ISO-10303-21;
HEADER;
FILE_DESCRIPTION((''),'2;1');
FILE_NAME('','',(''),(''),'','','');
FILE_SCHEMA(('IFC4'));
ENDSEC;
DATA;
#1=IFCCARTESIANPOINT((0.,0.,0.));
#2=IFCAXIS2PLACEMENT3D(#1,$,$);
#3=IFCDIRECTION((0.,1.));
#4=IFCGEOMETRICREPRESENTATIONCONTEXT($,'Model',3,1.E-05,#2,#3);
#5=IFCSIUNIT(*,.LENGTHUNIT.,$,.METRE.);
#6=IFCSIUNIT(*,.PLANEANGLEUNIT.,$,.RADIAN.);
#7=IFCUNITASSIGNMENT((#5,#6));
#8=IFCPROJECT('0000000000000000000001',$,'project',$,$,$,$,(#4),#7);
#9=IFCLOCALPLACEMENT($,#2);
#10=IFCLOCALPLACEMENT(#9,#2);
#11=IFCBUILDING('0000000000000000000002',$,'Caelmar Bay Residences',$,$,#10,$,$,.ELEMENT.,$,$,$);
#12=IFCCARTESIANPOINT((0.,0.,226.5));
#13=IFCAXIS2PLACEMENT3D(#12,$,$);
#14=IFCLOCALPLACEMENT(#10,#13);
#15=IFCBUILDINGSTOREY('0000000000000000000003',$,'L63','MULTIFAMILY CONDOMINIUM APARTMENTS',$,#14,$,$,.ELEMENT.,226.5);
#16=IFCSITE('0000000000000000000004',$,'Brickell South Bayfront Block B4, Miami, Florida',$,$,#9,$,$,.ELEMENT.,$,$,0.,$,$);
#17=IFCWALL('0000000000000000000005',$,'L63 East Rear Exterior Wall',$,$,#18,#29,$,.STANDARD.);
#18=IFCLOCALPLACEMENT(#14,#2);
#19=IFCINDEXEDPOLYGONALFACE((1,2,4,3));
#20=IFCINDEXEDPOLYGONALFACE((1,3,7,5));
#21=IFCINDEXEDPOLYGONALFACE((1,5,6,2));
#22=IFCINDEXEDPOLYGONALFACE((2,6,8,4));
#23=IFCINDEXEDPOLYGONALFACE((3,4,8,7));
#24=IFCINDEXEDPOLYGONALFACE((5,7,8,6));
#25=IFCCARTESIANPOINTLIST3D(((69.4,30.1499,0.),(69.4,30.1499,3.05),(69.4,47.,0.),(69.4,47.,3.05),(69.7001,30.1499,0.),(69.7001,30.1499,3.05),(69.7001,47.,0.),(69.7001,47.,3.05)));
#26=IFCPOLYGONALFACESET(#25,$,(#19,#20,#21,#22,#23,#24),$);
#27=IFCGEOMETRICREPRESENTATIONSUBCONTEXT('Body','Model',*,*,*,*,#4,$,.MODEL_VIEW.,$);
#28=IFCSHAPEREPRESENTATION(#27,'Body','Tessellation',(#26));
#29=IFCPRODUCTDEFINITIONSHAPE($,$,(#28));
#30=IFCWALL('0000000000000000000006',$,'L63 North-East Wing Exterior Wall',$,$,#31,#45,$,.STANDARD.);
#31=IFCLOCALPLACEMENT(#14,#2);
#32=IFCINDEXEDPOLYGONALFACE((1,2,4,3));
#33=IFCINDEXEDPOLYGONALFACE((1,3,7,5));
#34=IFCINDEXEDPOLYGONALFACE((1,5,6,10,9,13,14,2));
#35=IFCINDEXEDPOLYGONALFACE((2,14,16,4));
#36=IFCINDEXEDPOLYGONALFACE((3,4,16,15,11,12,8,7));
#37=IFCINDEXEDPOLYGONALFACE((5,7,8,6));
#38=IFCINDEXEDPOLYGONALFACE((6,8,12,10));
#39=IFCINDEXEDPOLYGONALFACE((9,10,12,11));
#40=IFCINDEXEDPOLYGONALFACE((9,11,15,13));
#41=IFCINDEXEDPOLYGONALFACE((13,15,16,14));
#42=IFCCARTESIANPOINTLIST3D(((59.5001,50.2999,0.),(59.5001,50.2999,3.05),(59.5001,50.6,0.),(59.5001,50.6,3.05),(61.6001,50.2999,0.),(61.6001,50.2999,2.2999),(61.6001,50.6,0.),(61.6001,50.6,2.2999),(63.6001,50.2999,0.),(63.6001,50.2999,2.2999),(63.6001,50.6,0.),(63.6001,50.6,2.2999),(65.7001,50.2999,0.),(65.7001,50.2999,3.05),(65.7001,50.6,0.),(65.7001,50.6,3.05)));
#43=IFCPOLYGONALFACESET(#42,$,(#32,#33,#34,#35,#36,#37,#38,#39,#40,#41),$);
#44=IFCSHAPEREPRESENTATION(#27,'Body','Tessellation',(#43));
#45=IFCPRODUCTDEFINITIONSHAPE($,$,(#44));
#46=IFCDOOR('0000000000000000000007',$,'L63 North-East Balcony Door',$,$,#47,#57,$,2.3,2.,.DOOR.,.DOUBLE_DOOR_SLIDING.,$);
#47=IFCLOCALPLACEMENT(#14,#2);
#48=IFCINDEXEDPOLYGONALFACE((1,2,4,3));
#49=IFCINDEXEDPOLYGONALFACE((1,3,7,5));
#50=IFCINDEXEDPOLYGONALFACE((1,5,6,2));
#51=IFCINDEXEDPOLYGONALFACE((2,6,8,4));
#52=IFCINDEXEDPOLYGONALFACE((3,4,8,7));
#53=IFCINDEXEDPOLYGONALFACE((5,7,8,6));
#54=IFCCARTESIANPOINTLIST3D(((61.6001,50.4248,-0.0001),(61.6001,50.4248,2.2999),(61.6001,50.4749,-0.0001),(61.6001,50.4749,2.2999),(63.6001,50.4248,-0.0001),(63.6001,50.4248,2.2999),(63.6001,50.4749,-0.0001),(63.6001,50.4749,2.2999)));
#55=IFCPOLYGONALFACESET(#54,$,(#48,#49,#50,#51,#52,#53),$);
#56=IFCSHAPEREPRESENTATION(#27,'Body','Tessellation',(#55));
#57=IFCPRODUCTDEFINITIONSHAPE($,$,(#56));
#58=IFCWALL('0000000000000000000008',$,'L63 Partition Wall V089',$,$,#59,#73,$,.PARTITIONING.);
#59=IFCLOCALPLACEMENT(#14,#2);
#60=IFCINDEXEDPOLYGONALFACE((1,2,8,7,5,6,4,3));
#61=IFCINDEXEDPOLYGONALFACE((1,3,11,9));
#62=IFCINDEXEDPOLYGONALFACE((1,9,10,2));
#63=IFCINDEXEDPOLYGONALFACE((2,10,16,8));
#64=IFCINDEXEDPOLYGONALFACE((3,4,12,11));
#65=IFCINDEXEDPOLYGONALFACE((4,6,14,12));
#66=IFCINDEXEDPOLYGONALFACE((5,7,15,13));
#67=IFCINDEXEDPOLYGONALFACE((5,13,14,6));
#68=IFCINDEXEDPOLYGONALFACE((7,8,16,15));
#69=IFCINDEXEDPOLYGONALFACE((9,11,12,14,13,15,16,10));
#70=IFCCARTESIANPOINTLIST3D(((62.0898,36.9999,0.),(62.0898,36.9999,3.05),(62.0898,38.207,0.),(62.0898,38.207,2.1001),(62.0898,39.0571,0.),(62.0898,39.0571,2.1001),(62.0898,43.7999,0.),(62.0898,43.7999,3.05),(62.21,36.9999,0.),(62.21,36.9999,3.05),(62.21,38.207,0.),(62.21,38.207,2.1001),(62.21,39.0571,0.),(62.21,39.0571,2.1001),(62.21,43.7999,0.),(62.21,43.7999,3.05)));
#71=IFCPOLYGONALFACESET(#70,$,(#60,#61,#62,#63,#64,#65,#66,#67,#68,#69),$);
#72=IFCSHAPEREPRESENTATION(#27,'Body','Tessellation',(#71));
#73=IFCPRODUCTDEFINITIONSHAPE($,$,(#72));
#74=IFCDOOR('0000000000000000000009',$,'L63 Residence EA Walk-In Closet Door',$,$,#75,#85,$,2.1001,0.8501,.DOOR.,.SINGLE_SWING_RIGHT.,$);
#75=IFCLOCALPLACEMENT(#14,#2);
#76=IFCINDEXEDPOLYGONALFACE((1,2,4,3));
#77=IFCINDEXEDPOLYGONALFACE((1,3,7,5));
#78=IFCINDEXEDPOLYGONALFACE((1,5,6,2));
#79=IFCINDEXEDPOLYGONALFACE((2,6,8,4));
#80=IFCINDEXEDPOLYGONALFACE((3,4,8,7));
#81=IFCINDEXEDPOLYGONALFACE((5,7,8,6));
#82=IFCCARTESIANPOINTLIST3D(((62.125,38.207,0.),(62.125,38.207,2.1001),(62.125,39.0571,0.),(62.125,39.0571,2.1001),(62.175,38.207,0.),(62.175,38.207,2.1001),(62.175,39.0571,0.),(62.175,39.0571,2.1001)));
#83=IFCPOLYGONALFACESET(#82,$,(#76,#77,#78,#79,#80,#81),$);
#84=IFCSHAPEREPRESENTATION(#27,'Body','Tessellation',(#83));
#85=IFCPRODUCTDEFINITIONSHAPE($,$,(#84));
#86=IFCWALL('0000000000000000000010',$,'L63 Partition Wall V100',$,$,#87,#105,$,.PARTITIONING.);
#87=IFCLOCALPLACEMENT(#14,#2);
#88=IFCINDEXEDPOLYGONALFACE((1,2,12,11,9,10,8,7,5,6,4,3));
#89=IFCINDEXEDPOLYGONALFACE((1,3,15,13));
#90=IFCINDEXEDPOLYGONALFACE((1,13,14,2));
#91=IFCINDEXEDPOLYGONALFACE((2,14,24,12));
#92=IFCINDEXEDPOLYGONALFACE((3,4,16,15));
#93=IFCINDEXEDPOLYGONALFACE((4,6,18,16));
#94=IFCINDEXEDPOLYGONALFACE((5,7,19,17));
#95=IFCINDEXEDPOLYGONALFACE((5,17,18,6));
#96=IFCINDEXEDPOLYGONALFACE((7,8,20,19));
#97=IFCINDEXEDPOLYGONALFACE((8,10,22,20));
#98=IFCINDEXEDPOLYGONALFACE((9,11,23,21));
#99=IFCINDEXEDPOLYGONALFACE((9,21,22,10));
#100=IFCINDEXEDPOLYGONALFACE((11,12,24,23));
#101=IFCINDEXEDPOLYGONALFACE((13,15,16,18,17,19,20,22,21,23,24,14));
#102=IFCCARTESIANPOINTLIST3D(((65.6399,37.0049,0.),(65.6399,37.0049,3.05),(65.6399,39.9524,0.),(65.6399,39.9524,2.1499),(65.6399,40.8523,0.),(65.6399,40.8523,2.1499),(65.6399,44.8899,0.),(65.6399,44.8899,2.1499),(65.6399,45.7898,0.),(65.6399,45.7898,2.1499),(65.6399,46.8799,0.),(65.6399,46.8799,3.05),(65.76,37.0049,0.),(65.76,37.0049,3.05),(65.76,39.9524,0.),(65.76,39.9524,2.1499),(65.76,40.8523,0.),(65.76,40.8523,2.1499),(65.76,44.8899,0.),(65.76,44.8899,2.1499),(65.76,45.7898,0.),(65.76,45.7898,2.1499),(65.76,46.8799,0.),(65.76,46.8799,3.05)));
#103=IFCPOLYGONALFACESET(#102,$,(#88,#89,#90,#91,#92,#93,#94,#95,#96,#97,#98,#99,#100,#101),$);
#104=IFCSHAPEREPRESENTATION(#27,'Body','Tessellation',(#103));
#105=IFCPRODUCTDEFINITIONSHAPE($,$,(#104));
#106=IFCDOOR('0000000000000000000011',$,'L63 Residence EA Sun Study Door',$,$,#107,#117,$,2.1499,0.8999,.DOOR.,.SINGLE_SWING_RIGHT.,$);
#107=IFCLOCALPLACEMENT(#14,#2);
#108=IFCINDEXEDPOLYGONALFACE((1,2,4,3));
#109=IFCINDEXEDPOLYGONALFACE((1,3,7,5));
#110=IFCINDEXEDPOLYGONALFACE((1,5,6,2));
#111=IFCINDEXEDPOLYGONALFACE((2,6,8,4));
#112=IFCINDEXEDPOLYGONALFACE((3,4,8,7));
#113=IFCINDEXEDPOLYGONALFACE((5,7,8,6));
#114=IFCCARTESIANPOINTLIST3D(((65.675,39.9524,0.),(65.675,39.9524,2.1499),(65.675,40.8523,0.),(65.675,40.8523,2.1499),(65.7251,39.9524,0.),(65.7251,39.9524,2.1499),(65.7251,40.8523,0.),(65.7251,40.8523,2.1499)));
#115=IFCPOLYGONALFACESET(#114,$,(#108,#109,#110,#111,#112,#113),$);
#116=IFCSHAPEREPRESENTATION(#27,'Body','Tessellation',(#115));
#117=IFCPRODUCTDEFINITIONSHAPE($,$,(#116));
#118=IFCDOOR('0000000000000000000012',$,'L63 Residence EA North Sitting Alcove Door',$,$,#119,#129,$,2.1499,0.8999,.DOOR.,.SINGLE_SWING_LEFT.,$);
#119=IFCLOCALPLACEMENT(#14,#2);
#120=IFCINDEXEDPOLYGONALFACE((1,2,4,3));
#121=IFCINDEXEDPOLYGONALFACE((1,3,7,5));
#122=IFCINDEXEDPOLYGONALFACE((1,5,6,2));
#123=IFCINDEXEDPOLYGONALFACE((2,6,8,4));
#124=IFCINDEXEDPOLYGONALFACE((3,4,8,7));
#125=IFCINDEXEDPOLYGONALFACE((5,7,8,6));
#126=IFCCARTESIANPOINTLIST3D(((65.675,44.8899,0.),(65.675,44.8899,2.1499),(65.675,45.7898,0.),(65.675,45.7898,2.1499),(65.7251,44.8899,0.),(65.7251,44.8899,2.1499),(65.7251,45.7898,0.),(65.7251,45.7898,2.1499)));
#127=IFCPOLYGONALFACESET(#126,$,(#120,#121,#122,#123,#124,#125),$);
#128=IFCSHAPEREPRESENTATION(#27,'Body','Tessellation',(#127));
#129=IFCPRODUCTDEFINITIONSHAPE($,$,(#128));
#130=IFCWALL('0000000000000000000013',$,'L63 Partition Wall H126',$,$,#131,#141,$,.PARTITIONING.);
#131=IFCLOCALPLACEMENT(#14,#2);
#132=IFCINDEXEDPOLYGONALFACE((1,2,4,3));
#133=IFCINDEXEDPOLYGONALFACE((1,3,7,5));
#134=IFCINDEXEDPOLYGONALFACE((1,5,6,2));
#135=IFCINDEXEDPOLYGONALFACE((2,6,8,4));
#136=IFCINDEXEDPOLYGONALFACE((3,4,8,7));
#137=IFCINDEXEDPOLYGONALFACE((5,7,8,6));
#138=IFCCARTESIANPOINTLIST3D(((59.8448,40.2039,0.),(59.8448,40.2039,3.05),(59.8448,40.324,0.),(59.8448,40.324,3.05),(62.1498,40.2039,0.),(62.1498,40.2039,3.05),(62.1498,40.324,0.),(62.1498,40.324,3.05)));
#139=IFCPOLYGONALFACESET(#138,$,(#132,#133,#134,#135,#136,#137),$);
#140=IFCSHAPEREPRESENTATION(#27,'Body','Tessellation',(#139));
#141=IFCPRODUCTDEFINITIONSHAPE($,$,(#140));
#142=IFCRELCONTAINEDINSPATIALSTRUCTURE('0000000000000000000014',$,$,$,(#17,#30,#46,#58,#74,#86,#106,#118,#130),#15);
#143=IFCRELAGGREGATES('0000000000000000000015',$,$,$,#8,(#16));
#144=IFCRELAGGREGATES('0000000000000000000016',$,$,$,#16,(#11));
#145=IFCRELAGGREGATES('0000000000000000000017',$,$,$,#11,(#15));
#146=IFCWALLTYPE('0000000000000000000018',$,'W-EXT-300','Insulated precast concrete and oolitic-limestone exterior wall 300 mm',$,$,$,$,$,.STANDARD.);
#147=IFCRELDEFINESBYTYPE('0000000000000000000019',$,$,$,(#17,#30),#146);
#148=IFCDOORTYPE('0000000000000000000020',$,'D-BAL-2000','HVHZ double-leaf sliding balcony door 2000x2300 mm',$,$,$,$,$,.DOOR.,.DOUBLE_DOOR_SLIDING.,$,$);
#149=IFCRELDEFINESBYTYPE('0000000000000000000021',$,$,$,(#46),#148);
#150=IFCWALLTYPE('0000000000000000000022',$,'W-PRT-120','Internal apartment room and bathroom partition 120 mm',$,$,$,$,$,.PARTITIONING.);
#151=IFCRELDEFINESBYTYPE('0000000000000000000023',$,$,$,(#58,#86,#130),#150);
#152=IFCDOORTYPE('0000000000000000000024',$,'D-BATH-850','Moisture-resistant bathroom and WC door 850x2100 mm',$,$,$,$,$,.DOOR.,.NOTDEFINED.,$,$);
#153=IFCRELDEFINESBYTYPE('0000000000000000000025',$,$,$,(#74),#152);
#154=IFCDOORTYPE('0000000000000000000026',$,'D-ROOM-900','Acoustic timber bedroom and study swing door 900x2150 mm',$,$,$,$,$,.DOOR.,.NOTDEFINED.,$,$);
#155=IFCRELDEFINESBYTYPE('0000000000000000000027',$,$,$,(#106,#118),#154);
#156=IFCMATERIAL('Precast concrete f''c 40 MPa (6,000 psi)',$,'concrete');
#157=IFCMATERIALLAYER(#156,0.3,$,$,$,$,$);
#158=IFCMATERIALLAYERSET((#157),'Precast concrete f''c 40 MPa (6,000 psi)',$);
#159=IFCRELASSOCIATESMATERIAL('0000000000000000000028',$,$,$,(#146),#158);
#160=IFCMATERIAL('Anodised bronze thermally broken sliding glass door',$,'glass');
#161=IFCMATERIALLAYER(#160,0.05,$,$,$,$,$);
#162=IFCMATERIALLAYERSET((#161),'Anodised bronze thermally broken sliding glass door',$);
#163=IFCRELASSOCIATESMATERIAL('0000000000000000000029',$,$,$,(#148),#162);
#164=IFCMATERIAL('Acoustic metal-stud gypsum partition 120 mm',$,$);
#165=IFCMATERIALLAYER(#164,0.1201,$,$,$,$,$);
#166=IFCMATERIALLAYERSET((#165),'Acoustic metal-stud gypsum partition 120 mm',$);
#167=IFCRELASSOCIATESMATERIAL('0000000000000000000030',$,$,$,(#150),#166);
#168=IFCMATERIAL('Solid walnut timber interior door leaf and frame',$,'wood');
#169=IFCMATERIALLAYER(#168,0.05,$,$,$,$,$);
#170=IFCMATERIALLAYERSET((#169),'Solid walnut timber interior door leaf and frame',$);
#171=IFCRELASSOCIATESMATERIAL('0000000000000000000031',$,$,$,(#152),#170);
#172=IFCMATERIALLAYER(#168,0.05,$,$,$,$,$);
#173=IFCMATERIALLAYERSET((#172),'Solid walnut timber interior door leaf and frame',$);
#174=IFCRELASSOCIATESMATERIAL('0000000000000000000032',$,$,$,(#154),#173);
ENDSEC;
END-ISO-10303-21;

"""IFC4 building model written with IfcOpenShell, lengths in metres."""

from ifc_helpers import new_model, si_unit, direction, frame, frame_2d, origin, place, context, subcontext, project, spatial, rectangle, extrude, material, layer, layer_set, type_object, element, fill, save


model = new_model("IFC4")

# Units and contexts
model_context = context("Model", 3, precision=1e-05, world=origin(), true_north=direction((0.0, 1.0)))
body_context = subcontext(model_context, "Body", "Model", "MODEL_VIEW")
ifc_project = project(units=[si_unit("LENGTHUNIT", "METRE"), si_unit("PLANEANGLEUNIT", "RADIAN")], contexts=[model_context])

# Site, building, storey
site_placement = place(None, origin())
site = spatial("IfcSite", under=ifc_project, at=site_placement, Name="Brickell South Bayfront Block B4, Miami, Florida", CompositionType="ELEMENT", RefElevation=0.0)
building_placement = place(site_placement, origin())
building = spatial("IfcBuilding", under=site, at=building_placement, Name="Caelmar Bay Residences", CompositionType="ELEMENT")
storey_placement = place(building_placement, frame((0.0, 0.0, 226.5)))
storey = spatial("IfcBuildingStorey", under=building, at=storey_placement, Name="L63", Description="MULTIFAMILY CONDOMINIUM APARTMENTS", CompositionType="ELEMENT", Elevation=226.5)

# Wall
ifc_material_1 = material(Name="Precast concrete f'c 40 MPa (6,000 psi)", Category="concrete")
ifc_layer_1 = layer(ifc_material_1, 0.3)
ifc_layer_set_1 = layer_set([ifc_layer_1], Name="Precast concrete f'c 40 MPa (6,000 psi)")
wall_type_1 = type_object("IfcWallType", Name="W-EXT-300", Description="Insulated precast concrete and oolitic-limestone exterior wall 300 mm", PredefinedType="STANDARD", material=ifc_layer_set_1)
wall_1_placement = place(storey_placement, frame((69.55, 47.0, 0.0), z_axis=(0.0, 0.0, 1.0), x_axis=(0.0, -1.0, 0.0)))
element("IfcWall", 1, at=wall_1_placement, inside=storey, type_object=wall_type_1, Name="L63 East Rear Exterior Wall", PredefinedType="STANDARD", context=body_context, shape_type="SweptSolid", body=[
    extrude(rectangle(XDim=16.8501, YDim=0.3, at=frame_2d((8.425, 0.0))), origin(), (0.0, 0.0, 1.0), 3.05),
])

# Walls, openings, doors
wall_2_placement = place(storey_placement, frame((59.5, 50.45, 0.0), z_axis=(0.0, 0.0, 1.0), x_axis=(1.0, 0.0, 0.0)))
wall_2 = element("IfcWall", 2, at=wall_2_placement, inside=storey, type_object=wall_type_1, Name="L63 North-East Wing Exterior Wall", PredefinedType="STANDARD", context=body_context, shape_type="SweptSolid", body=[
    extrude(rectangle(XDim=6.2, YDim=0.3, at=frame_2d((3.1001, 0.0))), origin(), (0.0, 0.0, 1.0), 3.05),
])
opening_1_placement = place(wall_2_placement, frame((2.1001, 0.0, 0.0)))
opening_1 = element("IfcOpeningElement", 3, at=opening_1_placement, cuts=wall_2, PredefinedType="OPENING", context=body_context, shape_type="SweptSolid", body=[
    extrude(rectangle(XDim=2.0, YDim=2.3, at=frame_2d((1.0, 1.1499))), frame((0.0, 0.1599, 0.0), z_axis=(0.0, -1.0, 0.0), x_axis=(1.0, 0.0, 0.0)), (0.0, 0.0, 1.0), 0.3201),
])
ifc_material_2 = material(Name="Anodised bronze thermally broken sliding glass door", Category="glass")
ifc_layer_2 = layer(ifc_material_2, 0.05)
ifc_layer_set_2 = layer_set([ifc_layer_2], Name="Anodised bronze thermally broken sliding glass door")
door_type_1 = type_object("IfcDoorType", Name="D-BAL-2000", Description="HVHZ double-leaf sliding balcony door 2000x2300 mm", OperationType="DOUBLE_DOOR_SLIDING", PredefinedType="DOOR", material=ifc_layer_set_2)
door_1_placement = place(opening_1_placement, origin())
door_1 = element("IfcDoor", 4, at=door_1_placement, inside=storey, type_object=door_type_1, Name="L63 North-East Balcony Door", OperationType="DOUBLE_DOOR_SLIDING", OverallHeight=2.3, OverallWidth=2.0, PredefinedType="DOOR", context=body_context, shape_type="SweptSolid", body=[
    extrude(rectangle(XDim=2.0, YDim=2.3, at=frame_2d((1.0, 1.1499))), frame((0.0, 0.0249, 0.0), z_axis=(0.0, -1.0, 0.0), x_axis=(1.0, 0.0, 0.0)), (0.0, 0.0, 1.0), 0.05),
])
fill(opening_1, door_1)
ifc_material_3 = material(Name="Acoustic metal-stud gypsum partition 120 mm")
ifc_layer_3 = layer(ifc_material_3, 0.1201)
ifc_layer_set_3 = layer_set([ifc_layer_3], Name="Acoustic metal-stud gypsum partition 120 mm")
wall_type_2 = type_object("IfcWallType", Name="W-PRT-120", Description="Internal apartment room and bathroom partition 120 mm", PredefinedType="PARTITIONING", material=ifc_layer_set_3)
wall_3_placement = place(storey_placement, frame((62.1499, 37.0, 0.0), z_axis=(0.0, 0.0, 1.0), x_axis=(0.0, 1.0, 0.0)))
wall_3 = element("IfcWall", 5, at=wall_3_placement, inside=storey, type_object=wall_type_2, Name="L63 Partition Wall V089", PredefinedType="PARTITIONING", context=body_context, shape_type="SweptSolid", body=[
    extrude(rectangle(XDim=6.8, YDim=0.1201, at=frame_2d((3.3999, 0.0))), origin(), (0.0, 0.0, 1.0), 3.05),
])
opening_2_placement = place(wall_3_placement, frame((1.207, 0.0, 0.0)))
opening_2 = element("IfcOpeningElement", 6, at=opening_2_placement, cuts=wall_3, PredefinedType="OPENING", context=body_context, shape_type="SweptSolid", body=[
    extrude(rectangle(XDim=0.8501, YDim=2.1001, at=frame_2d((0.425, 1.05))), frame((0.0, 0.0701, 0.0), z_axis=(0.0, -1.0, 0.0), x_axis=(1.0, 0.0, 0.0)), (0.0, 0.0, 1.0), 0.1401),
])
ifc_material_4 = material(Name="Solid walnut timber interior door leaf and frame", Category="wood")
ifc_layer_4 = layer(ifc_material_4, 0.05)
ifc_layer_set_4 = layer_set([ifc_layer_4], Name="Solid walnut timber interior door leaf and frame")
door_type_2 = type_object("IfcDoorType", Name="D-BATH-850", Description="Moisture-resistant bathroom and WC door 850x2100 mm", OperationType="NOTDEFINED", PredefinedType="DOOR", material=ifc_layer_set_4)
door_2_placement = place(opening_2_placement, origin())
door_2 = element("IfcDoor", 7, at=door_2_placement, inside=storey, type_object=door_type_2, Name="L63 Residence EA Walk-In Closet Door", OperationType="SINGLE_SWING_RIGHT", OverallHeight=2.1001, OverallWidth=0.8501, PredefinedType="DOOR", context=body_context, shape_type="SweptSolid", body=[
    extrude(rectangle(XDim=0.8501, YDim=2.1001, at=frame_2d((0.425, 1.05))), frame((0.0, 0.0249, 0.0), z_axis=(0.0, -1.0, 0.0), x_axis=(1.0, 0.0, 0.0)), (0.0, 0.0, 1.0), 0.05),
])
fill(opening_2, door_2)

# Wall, openings, doors
wall_4_placement = place(storey_placement, frame((65.7, 37.0049, 0.0), z_axis=(0.0, 0.0, 1.0), x_axis=(0.0, 1.0, 0.0)))
wall_4 = element("IfcWall", 8, at=wall_4_placement, inside=storey, type_object=wall_type_2, Name="L63 Partition Wall V100", PredefinedType="PARTITIONING", context=body_context, shape_type="SweptSolid", body=[
    extrude(rectangle(XDim=9.875, YDim=0.1201, at=frame_2d((4.9375, 0.0))), origin(), (0.0, 0.0, 1.0), 3.05),
])
opening_3_placement = place(wall_4_placement, frame((2.9475, 0.0, 0.0)))
opening_3 = element("IfcOpeningElement", 9, at=opening_3_placement, cuts=wall_4, PredefinedType="OPENING", context=body_context, shape_type="SweptSolid", body=[
    extrude(rectangle(XDim=0.8999, YDim=2.1499, at=frame_2d((0.45, 1.075))), frame((0.0, 0.0701, 0.0), z_axis=(0.0, -1.0, 0.0), x_axis=(1.0, 0.0, 0.0)), (0.0, 0.0, 1.0), 0.1401),
])
opening_4_placement = place(wall_4_placement, frame((7.885, 0.0, 0.0)))
opening_4 = element("IfcOpeningElement", 10, at=opening_4_placement, cuts=wall_4, PredefinedType="OPENING", context=body_context, shape_type="SweptSolid", body=[
    extrude(rectangle(XDim=0.8999, YDim=2.1499, at=frame_2d((0.45, 1.075))), frame((0.0, 0.0701, 0.0), z_axis=(0.0, -1.0, 0.0), x_axis=(1.0, 0.0, 0.0)), (0.0, 0.0, 1.0), 0.1401),
])
ifc_layer_5 = layer(ifc_material_4, 0.05)
ifc_layer_set_5 = layer_set([ifc_layer_5], Name="Solid walnut timber interior door leaf and frame")
door_type_3 = type_object("IfcDoorType", Name="D-ROOM-900", Description="Acoustic timber bedroom and study swing door 900x2150 mm", OperationType="NOTDEFINED", PredefinedType="DOOR", material=ifc_layer_set_5)
door_3_placement = place(opening_3_placement, origin())
door_3 = element("IfcDoor", 11, at=door_3_placement, inside=storey, type_object=door_type_3, Name="L63 Residence EA Sun Study Door", OperationType="SINGLE_SWING_RIGHT", OverallHeight=2.1499, OverallWidth=0.8999, PredefinedType="DOOR", context=body_context, shape_type="SweptSolid", body=[
    extrude(rectangle(XDim=0.8999, YDim=2.1499, at=frame_2d((0.45, 1.075))), frame((0.0, 0.0249, 0.0), z_axis=(0.0, -1.0, 0.0), x_axis=(1.0, 0.0, 0.0)), (0.0, 0.0, 1.0), 0.05),
])
fill(opening_3, door_3)
door_4_placement = place(opening_4_placement, origin())
door_4 = element("IfcDoor", 12, at=door_4_placement, inside=storey, type_object=door_type_3, Name="L63 Residence EA North Sitting Alcove Door", OperationType="SINGLE_SWING_LEFT", OverallHeight=2.1499, OverallWidth=0.8999, PredefinedType="DOOR", context=body_context, shape_type="SweptSolid", body=[
    extrude(rectangle(XDim=0.8999, YDim=2.1499, at=frame_2d((0.45, 1.075))), frame((0.0, 0.0249, 0.0), z_axis=(0.0, -1.0, 0.0), x_axis=(1.0, 0.0, 0.0)), (0.0, 0.0, 1.0), 0.05),
])
fill(opening_4, door_4)

# Wall
wall_5_placement = place(storey_placement, frame((59.845, 40.2639, 0.0), z_axis=(0.0, 0.0, 1.0), x_axis=(1.0, 0.0, 0.0)))
element("IfcWall", 13, at=wall_5_placement, inside=storey, type_object=wall_type_2, Name="L63 Partition Wall H126", PredefinedType="PARTITIONING", context=body_context, shape_type="SweptSolid", body=[
    extrude(rectangle(XDim=2.3049, YDim=0.1201, at=frame_2d((1.1523, 0.0))), origin(), (0.0, 0.0, 1.0), 3.05),
])

save(model, "model.ifc")
